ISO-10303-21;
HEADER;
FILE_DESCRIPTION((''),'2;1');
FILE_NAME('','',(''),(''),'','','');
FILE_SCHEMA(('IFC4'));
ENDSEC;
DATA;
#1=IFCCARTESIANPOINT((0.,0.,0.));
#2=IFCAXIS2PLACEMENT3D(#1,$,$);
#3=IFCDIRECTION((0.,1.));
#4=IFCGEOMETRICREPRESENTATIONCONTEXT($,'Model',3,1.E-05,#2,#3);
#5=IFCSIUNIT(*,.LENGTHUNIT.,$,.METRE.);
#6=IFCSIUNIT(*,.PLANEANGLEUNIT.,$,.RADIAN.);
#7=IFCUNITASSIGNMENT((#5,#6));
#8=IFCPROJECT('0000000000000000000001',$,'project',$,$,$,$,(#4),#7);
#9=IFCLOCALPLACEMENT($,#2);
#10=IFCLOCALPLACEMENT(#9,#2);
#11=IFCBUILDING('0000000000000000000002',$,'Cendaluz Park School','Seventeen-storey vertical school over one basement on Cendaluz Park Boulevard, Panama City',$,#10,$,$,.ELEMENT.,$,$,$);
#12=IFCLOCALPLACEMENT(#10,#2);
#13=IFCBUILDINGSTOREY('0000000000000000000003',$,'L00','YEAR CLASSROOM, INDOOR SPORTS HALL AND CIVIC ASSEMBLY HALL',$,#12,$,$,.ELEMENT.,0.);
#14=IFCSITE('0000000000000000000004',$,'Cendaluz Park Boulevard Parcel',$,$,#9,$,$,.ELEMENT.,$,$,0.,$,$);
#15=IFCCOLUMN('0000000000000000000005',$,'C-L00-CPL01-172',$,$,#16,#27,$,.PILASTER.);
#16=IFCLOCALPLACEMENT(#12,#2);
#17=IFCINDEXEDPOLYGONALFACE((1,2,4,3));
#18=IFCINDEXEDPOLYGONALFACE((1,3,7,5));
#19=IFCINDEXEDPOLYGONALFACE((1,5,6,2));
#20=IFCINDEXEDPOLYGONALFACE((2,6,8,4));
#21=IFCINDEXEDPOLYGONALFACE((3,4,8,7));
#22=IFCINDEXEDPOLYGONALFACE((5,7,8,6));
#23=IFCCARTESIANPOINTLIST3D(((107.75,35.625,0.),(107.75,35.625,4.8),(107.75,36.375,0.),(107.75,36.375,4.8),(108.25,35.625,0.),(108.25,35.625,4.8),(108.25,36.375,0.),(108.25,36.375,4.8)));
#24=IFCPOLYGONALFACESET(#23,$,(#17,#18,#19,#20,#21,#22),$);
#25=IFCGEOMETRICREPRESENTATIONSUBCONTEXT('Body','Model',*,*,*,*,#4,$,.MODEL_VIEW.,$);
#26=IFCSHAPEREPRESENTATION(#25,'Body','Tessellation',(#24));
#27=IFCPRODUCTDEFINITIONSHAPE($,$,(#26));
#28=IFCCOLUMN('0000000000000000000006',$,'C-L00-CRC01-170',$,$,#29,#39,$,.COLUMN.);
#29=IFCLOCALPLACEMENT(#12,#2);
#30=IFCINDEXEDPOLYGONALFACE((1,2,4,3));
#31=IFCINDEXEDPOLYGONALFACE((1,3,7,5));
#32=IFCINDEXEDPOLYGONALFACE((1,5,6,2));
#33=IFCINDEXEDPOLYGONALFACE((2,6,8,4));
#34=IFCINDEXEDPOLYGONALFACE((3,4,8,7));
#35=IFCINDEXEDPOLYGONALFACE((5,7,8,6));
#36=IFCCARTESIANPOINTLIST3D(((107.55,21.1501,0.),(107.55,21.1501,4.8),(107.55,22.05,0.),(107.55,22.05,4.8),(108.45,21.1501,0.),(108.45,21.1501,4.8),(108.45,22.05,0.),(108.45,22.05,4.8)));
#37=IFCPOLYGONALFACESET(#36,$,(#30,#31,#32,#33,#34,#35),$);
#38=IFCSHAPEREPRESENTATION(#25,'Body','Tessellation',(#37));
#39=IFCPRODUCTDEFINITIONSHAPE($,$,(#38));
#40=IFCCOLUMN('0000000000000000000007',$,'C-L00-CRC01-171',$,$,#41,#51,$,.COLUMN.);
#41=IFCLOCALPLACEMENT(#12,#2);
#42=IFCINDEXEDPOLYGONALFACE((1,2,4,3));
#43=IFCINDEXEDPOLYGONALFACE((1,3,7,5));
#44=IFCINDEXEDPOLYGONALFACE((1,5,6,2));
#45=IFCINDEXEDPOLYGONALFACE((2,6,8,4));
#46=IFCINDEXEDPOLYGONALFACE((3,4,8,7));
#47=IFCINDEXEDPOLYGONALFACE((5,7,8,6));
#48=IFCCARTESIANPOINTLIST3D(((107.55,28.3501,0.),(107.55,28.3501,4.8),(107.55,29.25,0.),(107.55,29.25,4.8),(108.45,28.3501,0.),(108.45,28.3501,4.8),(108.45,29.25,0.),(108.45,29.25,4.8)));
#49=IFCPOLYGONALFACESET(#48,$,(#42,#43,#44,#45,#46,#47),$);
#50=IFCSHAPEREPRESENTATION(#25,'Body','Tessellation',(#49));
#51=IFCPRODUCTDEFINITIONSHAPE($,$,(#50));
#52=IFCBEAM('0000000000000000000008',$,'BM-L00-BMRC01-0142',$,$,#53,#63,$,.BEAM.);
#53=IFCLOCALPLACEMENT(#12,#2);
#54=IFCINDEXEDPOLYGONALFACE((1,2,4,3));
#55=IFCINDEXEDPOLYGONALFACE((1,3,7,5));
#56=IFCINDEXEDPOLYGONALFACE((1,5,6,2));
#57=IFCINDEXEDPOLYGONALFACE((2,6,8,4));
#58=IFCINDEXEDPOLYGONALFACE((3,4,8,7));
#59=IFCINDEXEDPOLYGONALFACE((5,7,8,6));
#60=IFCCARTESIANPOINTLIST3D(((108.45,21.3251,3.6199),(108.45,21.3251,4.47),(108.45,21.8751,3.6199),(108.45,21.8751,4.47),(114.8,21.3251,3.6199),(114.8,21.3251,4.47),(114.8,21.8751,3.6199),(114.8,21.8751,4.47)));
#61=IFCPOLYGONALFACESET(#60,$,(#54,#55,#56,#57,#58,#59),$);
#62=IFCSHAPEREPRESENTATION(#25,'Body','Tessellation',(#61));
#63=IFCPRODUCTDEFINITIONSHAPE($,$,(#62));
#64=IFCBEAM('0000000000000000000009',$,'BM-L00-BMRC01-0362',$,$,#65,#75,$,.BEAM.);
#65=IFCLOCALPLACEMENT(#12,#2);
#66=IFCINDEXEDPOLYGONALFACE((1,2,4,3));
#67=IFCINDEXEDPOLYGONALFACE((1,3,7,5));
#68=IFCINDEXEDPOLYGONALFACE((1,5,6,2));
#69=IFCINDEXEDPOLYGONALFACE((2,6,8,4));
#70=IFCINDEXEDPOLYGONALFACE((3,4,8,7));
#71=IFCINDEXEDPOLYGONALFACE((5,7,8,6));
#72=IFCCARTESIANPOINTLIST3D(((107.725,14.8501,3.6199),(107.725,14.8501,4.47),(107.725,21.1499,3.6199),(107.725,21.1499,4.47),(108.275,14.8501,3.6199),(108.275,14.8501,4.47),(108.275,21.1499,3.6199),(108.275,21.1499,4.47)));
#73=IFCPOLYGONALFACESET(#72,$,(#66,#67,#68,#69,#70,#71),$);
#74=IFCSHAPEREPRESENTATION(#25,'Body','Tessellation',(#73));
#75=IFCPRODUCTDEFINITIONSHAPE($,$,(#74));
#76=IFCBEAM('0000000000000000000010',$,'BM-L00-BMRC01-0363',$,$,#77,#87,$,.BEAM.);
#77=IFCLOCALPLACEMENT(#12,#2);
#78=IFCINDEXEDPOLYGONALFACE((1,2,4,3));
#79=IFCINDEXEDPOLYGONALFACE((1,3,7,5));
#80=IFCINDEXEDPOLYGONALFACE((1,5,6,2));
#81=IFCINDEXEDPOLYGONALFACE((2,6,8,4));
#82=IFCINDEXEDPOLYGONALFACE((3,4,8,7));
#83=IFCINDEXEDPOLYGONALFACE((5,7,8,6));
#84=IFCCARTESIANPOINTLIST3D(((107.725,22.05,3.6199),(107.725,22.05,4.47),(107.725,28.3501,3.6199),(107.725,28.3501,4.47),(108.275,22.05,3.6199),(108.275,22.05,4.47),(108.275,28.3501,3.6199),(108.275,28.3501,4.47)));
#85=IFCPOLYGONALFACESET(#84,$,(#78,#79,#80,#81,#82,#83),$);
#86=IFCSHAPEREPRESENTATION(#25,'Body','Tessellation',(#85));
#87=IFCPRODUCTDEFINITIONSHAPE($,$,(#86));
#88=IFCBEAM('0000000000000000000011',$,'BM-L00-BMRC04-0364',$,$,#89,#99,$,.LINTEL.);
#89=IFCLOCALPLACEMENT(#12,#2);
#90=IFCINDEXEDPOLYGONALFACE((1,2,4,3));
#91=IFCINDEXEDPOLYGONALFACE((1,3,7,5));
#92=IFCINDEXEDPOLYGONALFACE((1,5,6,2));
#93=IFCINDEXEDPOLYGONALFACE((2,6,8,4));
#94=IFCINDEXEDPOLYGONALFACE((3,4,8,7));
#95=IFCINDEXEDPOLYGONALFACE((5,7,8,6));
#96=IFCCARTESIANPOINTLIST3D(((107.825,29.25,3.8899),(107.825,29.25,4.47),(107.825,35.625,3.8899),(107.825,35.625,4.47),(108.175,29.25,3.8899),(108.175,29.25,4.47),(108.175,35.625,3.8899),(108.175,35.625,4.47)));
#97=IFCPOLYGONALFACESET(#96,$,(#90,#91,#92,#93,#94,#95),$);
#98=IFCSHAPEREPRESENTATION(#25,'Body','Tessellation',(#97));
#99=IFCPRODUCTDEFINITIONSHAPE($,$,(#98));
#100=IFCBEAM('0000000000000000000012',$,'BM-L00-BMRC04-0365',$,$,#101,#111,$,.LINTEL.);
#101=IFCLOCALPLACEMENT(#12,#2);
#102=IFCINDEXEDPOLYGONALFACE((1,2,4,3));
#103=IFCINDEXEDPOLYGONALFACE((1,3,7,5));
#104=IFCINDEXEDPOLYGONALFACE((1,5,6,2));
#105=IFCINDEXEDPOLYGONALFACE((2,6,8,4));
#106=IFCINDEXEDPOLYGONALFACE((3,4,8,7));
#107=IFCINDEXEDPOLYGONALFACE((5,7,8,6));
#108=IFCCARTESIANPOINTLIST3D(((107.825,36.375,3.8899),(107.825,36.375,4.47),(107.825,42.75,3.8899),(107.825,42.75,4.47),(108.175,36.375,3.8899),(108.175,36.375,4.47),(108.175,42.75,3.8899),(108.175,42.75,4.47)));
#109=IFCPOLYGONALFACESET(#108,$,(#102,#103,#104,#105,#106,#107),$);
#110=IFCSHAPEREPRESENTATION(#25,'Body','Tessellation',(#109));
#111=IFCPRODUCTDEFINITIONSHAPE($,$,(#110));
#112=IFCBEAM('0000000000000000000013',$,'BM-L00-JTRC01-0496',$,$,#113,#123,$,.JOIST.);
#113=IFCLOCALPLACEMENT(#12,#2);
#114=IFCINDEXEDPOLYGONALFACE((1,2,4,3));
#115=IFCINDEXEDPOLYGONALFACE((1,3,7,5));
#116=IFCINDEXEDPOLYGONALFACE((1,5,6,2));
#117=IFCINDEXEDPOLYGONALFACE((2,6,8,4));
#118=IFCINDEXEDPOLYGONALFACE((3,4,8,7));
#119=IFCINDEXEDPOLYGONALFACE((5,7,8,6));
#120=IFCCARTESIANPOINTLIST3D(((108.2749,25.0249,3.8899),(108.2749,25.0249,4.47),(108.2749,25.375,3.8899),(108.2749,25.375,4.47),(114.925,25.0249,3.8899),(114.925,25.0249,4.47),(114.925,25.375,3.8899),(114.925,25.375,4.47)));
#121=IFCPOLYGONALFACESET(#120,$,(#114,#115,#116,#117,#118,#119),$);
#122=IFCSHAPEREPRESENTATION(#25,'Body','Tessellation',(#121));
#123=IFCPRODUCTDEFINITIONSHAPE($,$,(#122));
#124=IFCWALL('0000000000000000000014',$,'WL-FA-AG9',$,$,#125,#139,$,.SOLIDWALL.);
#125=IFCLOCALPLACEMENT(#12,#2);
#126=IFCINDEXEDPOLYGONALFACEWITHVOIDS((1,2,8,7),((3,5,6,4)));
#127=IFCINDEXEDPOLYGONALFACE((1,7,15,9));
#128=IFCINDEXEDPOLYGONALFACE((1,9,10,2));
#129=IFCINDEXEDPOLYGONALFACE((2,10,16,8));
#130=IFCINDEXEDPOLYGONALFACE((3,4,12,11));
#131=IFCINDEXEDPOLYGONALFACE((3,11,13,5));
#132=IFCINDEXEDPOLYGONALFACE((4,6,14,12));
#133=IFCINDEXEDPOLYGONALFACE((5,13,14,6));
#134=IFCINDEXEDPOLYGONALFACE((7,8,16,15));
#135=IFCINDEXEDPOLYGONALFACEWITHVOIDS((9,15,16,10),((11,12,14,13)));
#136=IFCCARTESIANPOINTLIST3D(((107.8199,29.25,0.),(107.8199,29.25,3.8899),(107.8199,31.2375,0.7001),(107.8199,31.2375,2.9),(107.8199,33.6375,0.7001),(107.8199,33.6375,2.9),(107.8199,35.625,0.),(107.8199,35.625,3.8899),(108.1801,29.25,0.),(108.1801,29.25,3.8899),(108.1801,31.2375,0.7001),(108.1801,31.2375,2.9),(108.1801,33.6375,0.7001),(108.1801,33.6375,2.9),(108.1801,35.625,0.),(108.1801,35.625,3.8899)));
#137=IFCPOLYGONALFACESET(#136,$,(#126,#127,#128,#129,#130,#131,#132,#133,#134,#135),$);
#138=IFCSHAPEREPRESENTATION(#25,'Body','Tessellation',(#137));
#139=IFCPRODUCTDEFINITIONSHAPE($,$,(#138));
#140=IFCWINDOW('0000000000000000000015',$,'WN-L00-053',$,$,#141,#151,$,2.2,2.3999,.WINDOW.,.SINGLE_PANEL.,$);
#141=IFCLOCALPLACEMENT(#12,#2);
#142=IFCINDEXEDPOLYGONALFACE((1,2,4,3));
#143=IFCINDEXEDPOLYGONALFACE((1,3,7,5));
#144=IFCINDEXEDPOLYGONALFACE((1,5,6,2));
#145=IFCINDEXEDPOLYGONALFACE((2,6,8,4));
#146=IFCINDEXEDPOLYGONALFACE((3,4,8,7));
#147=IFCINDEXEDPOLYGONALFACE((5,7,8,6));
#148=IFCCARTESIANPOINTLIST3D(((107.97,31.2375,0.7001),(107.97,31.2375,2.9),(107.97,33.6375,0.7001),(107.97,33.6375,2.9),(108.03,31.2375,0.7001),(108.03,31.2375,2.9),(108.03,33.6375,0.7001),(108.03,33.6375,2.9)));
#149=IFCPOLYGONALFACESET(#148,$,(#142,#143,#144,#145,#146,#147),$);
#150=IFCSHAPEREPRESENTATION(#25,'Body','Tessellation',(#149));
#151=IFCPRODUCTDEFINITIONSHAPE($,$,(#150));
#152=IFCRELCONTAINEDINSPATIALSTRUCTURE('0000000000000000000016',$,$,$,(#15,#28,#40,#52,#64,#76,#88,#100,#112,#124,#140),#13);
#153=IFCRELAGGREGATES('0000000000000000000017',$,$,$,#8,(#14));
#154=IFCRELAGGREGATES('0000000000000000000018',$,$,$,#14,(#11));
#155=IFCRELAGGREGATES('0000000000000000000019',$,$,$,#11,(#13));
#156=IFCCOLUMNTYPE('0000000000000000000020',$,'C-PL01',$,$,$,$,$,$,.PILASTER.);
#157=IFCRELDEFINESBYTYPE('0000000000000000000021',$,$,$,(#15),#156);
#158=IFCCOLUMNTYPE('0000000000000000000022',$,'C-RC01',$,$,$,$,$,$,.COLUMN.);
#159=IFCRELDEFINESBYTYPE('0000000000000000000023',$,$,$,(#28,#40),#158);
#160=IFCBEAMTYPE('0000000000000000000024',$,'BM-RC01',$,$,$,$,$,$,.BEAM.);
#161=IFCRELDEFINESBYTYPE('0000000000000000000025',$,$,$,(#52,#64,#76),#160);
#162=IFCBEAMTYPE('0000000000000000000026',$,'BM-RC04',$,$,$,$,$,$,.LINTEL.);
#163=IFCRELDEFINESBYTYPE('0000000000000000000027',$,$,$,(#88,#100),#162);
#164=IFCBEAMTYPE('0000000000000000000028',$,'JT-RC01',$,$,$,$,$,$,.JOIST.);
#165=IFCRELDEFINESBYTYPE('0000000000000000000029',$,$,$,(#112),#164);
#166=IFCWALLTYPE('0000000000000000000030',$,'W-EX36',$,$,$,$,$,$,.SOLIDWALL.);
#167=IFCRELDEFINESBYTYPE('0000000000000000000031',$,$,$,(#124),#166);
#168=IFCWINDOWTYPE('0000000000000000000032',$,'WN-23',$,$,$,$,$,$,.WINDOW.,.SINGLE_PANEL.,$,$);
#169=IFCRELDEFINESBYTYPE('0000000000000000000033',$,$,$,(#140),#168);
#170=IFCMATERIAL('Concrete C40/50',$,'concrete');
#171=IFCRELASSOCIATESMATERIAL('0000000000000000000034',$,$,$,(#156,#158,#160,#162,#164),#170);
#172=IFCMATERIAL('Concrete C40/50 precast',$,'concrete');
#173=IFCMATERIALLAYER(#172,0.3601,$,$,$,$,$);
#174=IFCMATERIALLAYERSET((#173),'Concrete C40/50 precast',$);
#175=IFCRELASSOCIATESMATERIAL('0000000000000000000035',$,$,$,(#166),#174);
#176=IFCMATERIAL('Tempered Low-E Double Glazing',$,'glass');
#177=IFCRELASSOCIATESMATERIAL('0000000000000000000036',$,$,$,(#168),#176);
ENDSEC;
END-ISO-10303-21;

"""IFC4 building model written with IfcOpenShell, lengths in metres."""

from ifc_helpers import new_model, si_unit, direction, frame, frame_2d, origin, origin_2d, place, context, subcontext, project, spatial, rectangle, extrude, material, layer, layer_set, material_profile, profile_set, type_object, element, fill, save


model = new_model("IFC4")

# Units and contexts
model_context = context("Model", 3, precision=1e-05, world=origin(), true_north=direction((0.0, 1.0)))
body_context = subcontext(model_context, "Body", "Model", "MODEL_VIEW")
ifc_project = project(units=[si_unit("LENGTHUNIT", "METRE"), si_unit("PLANEANGLEUNIT", "RADIAN")], contexts=[model_context])

# Site, building, storey
site_placement = place(None, origin())
site = spatial("IfcSite", under=ifc_project, at=site_placement, Name="Cendaluz Park Boulevard Parcel", CompositionType="ELEMENT", RefElevation=0.0)
building_placement = place(site_placement, origin())
building = spatial("IfcBuilding", under=site, at=building_placement, Name="Cendaluz Park School", Description="Seventeen-storey vertical school over one basement on Cendaluz Park Boulevard, Panama City", CompositionType="ELEMENT")
storey_placement = place(building_placement, origin())
storey = spatial("IfcBuildingStorey", under=building, at=storey_placement, Name="L00", Description="YEAR CLASSROOM, INDOOR SPORTS HALL AND CIVIC ASSEMBLY HALL", CompositionType="ELEMENT", Elevation=0.0)

# Columns
ifc_material_1 = material(Name="Concrete C40/50", Category="concrete")
ifc_material_profile_1 = material_profile(ifc_material_1, rectangle(XDim=0.5, YDim=0.75, at=origin_2d()), Name="RC 500x750", Category="concrete")
ifc_profile_set_1 = profile_set([ifc_material_profile_1], Name="Concrete C40/50")
column_type_1 = type_object("IfcColumnType", Name="C-PL01", PredefinedType="PILASTER", material=ifc_profile_set_1)
column_placement = place(storey_placement, frame((108.0, 36.0, 0.0), z_axis=(0.0, 0.0, 1.0), x_axis=(1.0, 0.0, 0.0)))
element("IfcColumn", 1, at=column_placement, inside=storey, type_object=column_type_1, Name="C-L00-CPL01-172", PredefinedType="PILASTER", context=body_context, shape_type="SweptSolid", body=[
    extrude(rectangle(XDim=0.5, YDim=0.75, at=origin_2d()), origin(), (0.0, 0.0, 1.0), 4.8),
])
ifc_material_profile_2 = material_profile(ifc_material_1, rectangle(XDim=0.8999, YDim=0.8999, at=origin_2d()), Name="RC 900x900", Category="concrete")
ifc_profile_set_2 = profile_set([ifc_material_profile_2], Name="Concrete C40/50")
column_type_2 = type_object("IfcColumnType", Name="C-RC01", PredefinedType="COLUMN", material=ifc_profile_set_2)
for number, where, z_axis, x_axis, name in (
    (2, (108.0, 21.6001, 0.0), (0.0, 0.0, 1.0), (1.0, 0.0, 0.0), "C-L00-CRC01-170"),
    (3, (108.0, 28.8, 0.0), (0.0, 0.0, 1.0), (1.0, 0.0, 0.0), "C-L00-CRC01-171"),
):
    element("IfcColumn", number, at=place(storey_placement, frame(where, z_axis=z_axis, x_axis=x_axis)), inside=storey, type_object=column_type_2, Name=name, PredefinedType="COLUMN", context=body_context, shape_type="SweptSolid", body=[
        extrude(rectangle(XDim=0.8999, YDim=0.8999, at=origin_2d()), origin(), (0.0, 0.0, 1.0), 4.8),
    ])

# Beams
ifc_material_profile_3 = material_profile(ifc_material_1, rectangle(XDim=0.55, YDim=0.8501, at=origin_2d()), Name="RC 550x850", Category="concrete")
ifc_profile_set_3 = profile_set([ifc_material_profile_3], Name="Concrete C40/50")
beam_type_1 = type_object("IfcBeamType", Name="BM-RC01", PredefinedType="BEAM", material=ifc_profile_set_3)
beam_1_placement = place(storey_placement, frame((108.45, 21.6001, 4.0449), z_axis=(1.0, 0.0, 0.0), x_axis=(0.0, 1.0, 0.0)))
element("IfcBeam", 4, at=beam_1_placement, inside=storey, type_object=beam_type_1, Name="BM-L00-BMRC01-0142", PredefinedType="BEAM", context=body_context, shape_type="SweptSolid", body=[
    extrude(rectangle(XDim=0.55, YDim=0.8501, at=origin_2d()), origin(), (0.0, 0.0, 1.0), 6.3501),
])
beam_2_placement = place(storey_placement, frame((108.0, 14.8501, 4.0449), z_axis=(0.0, 1.0, 0.0), x_axis=(-1.0, 0.0, 0.0)))
element("IfcBeam", 5, at=beam_2_placement, inside=storey, type_object=beam_type_1, Name="BM-L00-BMRC01-0362", PredefinedType="BEAM", context=body_context, shape_type="SweptSolid", body=[
    extrude(rectangle(XDim=0.55, YDim=0.8501, at=origin_2d()), origin(), (0.0, 0.0, 1.0), 6.2998),
])
beam_3_placement = place(storey_placement, frame((108.0, 22.05, 4.0449), z_axis=(0.0, 1.0, 0.0), x_axis=(-1.0, 0.0, 0.0)))
element("IfcBeam", 6, at=beam_3_placement, inside=storey, type_object=beam_type_1, Name="BM-L00-BMRC01-0363", PredefinedType="BEAM", context=body_context, shape_type="SweptSolid", body=[
    extrude(rectangle(XDim=0.55, YDim=0.8501, at=origin_2d()), origin(), (0.0, 0.0, 1.0), 6.3),
])
ifc_material_profile_4 = material_profile(ifc_material_1, rectangle(XDim=0.3501, YDim=0.5801, at=origin_2d()), Name="RC 350x580", Category="concrete")
ifc_profile_set_4 = profile_set([ifc_material_profile_4], Name="Concrete C40/50")
beam_type_2 = type_object("IfcBeamType", Name="BM-RC04", PredefinedType="LINTEL", material=ifc_profile_set_4)
for number, where, z_axis, x_axis, name in (
    (7, (108.0, 29.25, 4.1799), (0.0, 1.0, 0.0), (-1.0, 0.0, 0.0), "BM-L00-BMRC04-0364"),
    (8, (108.0, 36.375, 4.1799), (0.0, 1.0, 0.0), (-1.0, 0.0, 0.0), "BM-L00-BMRC04-0365"),
):
    element("IfcBeam", number, at=place(storey_placement, frame(where, z_axis=z_axis, x_axis=x_axis)), inside=storey, type_object=beam_type_2, Name=name, PredefinedType="LINTEL", context=body_context, shape_type="SweptSolid", body=[
        extrude(rectangle(XDim=0.3501, YDim=0.5801, at=origin_2d()), origin(), (0.0, 0.0, 1.0), 6.375),
    ])
ifc_material_profile_5 = material_profile(ifc_material_1, rectangle(XDim=0.3501, YDim=0.5801, at=origin_2d()), Name="RC 350x580", Category="concrete")
ifc_profile_set_5 = profile_set([ifc_material_profile_5], Name="Concrete C40/50")
beam_type_3 = type_object("IfcBeamType", Name="JT-RC01", PredefinedType="JOIST", material=ifc_profile_set_5)
beam_4_placement = place(storey_placement, frame((108.2749, 25.2, 4.1799), z_axis=(1.0, 0.0, 0.0), x_axis=(0.0, 1.0, 0.0)))
element("IfcBeam", 9, at=beam_4_placement, inside=storey, type_object=beam_type_3, Name="BM-L00-JTRC01-0496", PredefinedType="JOIST", context=body_context, shape_type="SweptSolid", body=[
    extrude(rectangle(XDim=0.3501, YDim=0.5801, at=origin_2d()), origin(), (0.0, 0.0, 1.0), 6.6501),
])

# Wall, opening, window
ifc_material_2 = material(Name="Concrete C40/50 precast", Category="concrete")
ifc_layer_1 = layer(ifc_material_2, 0.3601)
ifc_layer_set_1 = layer_set([ifc_layer_1], Name="Concrete C40/50 precast")
wall_type_1 = type_object("IfcWallType", Name="W-EX36", PredefinedType="SOLIDWALL", material=ifc_layer_set_1)
wall_1_placement = place(storey_placement, frame((108.0, 29.25, 0.0), z_axis=(0.0, 0.0, 1.0), x_axis=(0.0, 1.0, 0.0)))
wall_1 = element("IfcWall", 10, at=wall_1_placement, inside=storey, type_object=wall_type_1, Name="WL-FA-AG9", PredefinedType="SOLIDWALL", context=body_context, shape_type="SweptSolid", body=[
    extrude(rectangle(XDim=6.375, YDim=0.3601, at=frame_2d((3.1875, 0.0))), origin(), (0.0, 0.0, 1.0), 3.8899),
])
opening_1_placement = place(wall_1_placement, frame((1.9875, 0.0, 0.7)))
opening_1 = element("IfcOpeningElement", 11, at=opening_1_placement, cuts=wall_1, PredefinedType="OPENING", context=body_context, shape_type="SweptSolid", body=[
    extrude(rectangle(XDim=2.3999, YDim=2.2, at=frame_2d((1.2, 1.1001))), frame((0.0, 0.1921, 0.0), z_axis=(0.0, -1.0, 0.0), x_axis=(1.0, 0.0, 0.0)), (0.0, 0.0, 1.0), 0.384),
])
ifc_material_3 = material(Name="Tempered Low-E Double Glazing", Category="glass")
window_type_1 = type_object("IfcWindowType", Name="WN-23", PartitioningType="SINGLE_PANEL", PredefinedType="WINDOW", material=ifc_material_3)
window_1_placement = place(opening_1_placement, origin())
window_1 = element("IfcWindow", 12, at=window_1_placement, inside=storey, type_object=window_type_1, Name="WN-L00-053", OverallHeight=2.2, OverallWidth=2.3999, PartitioningType="SINGLE_PANEL", PredefinedType="WINDOW", context=body_context, shape_type="SweptSolid", body=[
    extrude(rectangle(XDim=2.3999, YDim=2.2, at=frame_2d((1.2, 1.1001))), frame((0.0, 0.03, 0.0), z_axis=(0.0, -1.0, 0.0), x_axis=(1.0, 0.0, 0.0)), (0.0, 0.0, 1.0), 0.0601),
])
fill(opening_1, window_1)

save(model, "model.ifc")
